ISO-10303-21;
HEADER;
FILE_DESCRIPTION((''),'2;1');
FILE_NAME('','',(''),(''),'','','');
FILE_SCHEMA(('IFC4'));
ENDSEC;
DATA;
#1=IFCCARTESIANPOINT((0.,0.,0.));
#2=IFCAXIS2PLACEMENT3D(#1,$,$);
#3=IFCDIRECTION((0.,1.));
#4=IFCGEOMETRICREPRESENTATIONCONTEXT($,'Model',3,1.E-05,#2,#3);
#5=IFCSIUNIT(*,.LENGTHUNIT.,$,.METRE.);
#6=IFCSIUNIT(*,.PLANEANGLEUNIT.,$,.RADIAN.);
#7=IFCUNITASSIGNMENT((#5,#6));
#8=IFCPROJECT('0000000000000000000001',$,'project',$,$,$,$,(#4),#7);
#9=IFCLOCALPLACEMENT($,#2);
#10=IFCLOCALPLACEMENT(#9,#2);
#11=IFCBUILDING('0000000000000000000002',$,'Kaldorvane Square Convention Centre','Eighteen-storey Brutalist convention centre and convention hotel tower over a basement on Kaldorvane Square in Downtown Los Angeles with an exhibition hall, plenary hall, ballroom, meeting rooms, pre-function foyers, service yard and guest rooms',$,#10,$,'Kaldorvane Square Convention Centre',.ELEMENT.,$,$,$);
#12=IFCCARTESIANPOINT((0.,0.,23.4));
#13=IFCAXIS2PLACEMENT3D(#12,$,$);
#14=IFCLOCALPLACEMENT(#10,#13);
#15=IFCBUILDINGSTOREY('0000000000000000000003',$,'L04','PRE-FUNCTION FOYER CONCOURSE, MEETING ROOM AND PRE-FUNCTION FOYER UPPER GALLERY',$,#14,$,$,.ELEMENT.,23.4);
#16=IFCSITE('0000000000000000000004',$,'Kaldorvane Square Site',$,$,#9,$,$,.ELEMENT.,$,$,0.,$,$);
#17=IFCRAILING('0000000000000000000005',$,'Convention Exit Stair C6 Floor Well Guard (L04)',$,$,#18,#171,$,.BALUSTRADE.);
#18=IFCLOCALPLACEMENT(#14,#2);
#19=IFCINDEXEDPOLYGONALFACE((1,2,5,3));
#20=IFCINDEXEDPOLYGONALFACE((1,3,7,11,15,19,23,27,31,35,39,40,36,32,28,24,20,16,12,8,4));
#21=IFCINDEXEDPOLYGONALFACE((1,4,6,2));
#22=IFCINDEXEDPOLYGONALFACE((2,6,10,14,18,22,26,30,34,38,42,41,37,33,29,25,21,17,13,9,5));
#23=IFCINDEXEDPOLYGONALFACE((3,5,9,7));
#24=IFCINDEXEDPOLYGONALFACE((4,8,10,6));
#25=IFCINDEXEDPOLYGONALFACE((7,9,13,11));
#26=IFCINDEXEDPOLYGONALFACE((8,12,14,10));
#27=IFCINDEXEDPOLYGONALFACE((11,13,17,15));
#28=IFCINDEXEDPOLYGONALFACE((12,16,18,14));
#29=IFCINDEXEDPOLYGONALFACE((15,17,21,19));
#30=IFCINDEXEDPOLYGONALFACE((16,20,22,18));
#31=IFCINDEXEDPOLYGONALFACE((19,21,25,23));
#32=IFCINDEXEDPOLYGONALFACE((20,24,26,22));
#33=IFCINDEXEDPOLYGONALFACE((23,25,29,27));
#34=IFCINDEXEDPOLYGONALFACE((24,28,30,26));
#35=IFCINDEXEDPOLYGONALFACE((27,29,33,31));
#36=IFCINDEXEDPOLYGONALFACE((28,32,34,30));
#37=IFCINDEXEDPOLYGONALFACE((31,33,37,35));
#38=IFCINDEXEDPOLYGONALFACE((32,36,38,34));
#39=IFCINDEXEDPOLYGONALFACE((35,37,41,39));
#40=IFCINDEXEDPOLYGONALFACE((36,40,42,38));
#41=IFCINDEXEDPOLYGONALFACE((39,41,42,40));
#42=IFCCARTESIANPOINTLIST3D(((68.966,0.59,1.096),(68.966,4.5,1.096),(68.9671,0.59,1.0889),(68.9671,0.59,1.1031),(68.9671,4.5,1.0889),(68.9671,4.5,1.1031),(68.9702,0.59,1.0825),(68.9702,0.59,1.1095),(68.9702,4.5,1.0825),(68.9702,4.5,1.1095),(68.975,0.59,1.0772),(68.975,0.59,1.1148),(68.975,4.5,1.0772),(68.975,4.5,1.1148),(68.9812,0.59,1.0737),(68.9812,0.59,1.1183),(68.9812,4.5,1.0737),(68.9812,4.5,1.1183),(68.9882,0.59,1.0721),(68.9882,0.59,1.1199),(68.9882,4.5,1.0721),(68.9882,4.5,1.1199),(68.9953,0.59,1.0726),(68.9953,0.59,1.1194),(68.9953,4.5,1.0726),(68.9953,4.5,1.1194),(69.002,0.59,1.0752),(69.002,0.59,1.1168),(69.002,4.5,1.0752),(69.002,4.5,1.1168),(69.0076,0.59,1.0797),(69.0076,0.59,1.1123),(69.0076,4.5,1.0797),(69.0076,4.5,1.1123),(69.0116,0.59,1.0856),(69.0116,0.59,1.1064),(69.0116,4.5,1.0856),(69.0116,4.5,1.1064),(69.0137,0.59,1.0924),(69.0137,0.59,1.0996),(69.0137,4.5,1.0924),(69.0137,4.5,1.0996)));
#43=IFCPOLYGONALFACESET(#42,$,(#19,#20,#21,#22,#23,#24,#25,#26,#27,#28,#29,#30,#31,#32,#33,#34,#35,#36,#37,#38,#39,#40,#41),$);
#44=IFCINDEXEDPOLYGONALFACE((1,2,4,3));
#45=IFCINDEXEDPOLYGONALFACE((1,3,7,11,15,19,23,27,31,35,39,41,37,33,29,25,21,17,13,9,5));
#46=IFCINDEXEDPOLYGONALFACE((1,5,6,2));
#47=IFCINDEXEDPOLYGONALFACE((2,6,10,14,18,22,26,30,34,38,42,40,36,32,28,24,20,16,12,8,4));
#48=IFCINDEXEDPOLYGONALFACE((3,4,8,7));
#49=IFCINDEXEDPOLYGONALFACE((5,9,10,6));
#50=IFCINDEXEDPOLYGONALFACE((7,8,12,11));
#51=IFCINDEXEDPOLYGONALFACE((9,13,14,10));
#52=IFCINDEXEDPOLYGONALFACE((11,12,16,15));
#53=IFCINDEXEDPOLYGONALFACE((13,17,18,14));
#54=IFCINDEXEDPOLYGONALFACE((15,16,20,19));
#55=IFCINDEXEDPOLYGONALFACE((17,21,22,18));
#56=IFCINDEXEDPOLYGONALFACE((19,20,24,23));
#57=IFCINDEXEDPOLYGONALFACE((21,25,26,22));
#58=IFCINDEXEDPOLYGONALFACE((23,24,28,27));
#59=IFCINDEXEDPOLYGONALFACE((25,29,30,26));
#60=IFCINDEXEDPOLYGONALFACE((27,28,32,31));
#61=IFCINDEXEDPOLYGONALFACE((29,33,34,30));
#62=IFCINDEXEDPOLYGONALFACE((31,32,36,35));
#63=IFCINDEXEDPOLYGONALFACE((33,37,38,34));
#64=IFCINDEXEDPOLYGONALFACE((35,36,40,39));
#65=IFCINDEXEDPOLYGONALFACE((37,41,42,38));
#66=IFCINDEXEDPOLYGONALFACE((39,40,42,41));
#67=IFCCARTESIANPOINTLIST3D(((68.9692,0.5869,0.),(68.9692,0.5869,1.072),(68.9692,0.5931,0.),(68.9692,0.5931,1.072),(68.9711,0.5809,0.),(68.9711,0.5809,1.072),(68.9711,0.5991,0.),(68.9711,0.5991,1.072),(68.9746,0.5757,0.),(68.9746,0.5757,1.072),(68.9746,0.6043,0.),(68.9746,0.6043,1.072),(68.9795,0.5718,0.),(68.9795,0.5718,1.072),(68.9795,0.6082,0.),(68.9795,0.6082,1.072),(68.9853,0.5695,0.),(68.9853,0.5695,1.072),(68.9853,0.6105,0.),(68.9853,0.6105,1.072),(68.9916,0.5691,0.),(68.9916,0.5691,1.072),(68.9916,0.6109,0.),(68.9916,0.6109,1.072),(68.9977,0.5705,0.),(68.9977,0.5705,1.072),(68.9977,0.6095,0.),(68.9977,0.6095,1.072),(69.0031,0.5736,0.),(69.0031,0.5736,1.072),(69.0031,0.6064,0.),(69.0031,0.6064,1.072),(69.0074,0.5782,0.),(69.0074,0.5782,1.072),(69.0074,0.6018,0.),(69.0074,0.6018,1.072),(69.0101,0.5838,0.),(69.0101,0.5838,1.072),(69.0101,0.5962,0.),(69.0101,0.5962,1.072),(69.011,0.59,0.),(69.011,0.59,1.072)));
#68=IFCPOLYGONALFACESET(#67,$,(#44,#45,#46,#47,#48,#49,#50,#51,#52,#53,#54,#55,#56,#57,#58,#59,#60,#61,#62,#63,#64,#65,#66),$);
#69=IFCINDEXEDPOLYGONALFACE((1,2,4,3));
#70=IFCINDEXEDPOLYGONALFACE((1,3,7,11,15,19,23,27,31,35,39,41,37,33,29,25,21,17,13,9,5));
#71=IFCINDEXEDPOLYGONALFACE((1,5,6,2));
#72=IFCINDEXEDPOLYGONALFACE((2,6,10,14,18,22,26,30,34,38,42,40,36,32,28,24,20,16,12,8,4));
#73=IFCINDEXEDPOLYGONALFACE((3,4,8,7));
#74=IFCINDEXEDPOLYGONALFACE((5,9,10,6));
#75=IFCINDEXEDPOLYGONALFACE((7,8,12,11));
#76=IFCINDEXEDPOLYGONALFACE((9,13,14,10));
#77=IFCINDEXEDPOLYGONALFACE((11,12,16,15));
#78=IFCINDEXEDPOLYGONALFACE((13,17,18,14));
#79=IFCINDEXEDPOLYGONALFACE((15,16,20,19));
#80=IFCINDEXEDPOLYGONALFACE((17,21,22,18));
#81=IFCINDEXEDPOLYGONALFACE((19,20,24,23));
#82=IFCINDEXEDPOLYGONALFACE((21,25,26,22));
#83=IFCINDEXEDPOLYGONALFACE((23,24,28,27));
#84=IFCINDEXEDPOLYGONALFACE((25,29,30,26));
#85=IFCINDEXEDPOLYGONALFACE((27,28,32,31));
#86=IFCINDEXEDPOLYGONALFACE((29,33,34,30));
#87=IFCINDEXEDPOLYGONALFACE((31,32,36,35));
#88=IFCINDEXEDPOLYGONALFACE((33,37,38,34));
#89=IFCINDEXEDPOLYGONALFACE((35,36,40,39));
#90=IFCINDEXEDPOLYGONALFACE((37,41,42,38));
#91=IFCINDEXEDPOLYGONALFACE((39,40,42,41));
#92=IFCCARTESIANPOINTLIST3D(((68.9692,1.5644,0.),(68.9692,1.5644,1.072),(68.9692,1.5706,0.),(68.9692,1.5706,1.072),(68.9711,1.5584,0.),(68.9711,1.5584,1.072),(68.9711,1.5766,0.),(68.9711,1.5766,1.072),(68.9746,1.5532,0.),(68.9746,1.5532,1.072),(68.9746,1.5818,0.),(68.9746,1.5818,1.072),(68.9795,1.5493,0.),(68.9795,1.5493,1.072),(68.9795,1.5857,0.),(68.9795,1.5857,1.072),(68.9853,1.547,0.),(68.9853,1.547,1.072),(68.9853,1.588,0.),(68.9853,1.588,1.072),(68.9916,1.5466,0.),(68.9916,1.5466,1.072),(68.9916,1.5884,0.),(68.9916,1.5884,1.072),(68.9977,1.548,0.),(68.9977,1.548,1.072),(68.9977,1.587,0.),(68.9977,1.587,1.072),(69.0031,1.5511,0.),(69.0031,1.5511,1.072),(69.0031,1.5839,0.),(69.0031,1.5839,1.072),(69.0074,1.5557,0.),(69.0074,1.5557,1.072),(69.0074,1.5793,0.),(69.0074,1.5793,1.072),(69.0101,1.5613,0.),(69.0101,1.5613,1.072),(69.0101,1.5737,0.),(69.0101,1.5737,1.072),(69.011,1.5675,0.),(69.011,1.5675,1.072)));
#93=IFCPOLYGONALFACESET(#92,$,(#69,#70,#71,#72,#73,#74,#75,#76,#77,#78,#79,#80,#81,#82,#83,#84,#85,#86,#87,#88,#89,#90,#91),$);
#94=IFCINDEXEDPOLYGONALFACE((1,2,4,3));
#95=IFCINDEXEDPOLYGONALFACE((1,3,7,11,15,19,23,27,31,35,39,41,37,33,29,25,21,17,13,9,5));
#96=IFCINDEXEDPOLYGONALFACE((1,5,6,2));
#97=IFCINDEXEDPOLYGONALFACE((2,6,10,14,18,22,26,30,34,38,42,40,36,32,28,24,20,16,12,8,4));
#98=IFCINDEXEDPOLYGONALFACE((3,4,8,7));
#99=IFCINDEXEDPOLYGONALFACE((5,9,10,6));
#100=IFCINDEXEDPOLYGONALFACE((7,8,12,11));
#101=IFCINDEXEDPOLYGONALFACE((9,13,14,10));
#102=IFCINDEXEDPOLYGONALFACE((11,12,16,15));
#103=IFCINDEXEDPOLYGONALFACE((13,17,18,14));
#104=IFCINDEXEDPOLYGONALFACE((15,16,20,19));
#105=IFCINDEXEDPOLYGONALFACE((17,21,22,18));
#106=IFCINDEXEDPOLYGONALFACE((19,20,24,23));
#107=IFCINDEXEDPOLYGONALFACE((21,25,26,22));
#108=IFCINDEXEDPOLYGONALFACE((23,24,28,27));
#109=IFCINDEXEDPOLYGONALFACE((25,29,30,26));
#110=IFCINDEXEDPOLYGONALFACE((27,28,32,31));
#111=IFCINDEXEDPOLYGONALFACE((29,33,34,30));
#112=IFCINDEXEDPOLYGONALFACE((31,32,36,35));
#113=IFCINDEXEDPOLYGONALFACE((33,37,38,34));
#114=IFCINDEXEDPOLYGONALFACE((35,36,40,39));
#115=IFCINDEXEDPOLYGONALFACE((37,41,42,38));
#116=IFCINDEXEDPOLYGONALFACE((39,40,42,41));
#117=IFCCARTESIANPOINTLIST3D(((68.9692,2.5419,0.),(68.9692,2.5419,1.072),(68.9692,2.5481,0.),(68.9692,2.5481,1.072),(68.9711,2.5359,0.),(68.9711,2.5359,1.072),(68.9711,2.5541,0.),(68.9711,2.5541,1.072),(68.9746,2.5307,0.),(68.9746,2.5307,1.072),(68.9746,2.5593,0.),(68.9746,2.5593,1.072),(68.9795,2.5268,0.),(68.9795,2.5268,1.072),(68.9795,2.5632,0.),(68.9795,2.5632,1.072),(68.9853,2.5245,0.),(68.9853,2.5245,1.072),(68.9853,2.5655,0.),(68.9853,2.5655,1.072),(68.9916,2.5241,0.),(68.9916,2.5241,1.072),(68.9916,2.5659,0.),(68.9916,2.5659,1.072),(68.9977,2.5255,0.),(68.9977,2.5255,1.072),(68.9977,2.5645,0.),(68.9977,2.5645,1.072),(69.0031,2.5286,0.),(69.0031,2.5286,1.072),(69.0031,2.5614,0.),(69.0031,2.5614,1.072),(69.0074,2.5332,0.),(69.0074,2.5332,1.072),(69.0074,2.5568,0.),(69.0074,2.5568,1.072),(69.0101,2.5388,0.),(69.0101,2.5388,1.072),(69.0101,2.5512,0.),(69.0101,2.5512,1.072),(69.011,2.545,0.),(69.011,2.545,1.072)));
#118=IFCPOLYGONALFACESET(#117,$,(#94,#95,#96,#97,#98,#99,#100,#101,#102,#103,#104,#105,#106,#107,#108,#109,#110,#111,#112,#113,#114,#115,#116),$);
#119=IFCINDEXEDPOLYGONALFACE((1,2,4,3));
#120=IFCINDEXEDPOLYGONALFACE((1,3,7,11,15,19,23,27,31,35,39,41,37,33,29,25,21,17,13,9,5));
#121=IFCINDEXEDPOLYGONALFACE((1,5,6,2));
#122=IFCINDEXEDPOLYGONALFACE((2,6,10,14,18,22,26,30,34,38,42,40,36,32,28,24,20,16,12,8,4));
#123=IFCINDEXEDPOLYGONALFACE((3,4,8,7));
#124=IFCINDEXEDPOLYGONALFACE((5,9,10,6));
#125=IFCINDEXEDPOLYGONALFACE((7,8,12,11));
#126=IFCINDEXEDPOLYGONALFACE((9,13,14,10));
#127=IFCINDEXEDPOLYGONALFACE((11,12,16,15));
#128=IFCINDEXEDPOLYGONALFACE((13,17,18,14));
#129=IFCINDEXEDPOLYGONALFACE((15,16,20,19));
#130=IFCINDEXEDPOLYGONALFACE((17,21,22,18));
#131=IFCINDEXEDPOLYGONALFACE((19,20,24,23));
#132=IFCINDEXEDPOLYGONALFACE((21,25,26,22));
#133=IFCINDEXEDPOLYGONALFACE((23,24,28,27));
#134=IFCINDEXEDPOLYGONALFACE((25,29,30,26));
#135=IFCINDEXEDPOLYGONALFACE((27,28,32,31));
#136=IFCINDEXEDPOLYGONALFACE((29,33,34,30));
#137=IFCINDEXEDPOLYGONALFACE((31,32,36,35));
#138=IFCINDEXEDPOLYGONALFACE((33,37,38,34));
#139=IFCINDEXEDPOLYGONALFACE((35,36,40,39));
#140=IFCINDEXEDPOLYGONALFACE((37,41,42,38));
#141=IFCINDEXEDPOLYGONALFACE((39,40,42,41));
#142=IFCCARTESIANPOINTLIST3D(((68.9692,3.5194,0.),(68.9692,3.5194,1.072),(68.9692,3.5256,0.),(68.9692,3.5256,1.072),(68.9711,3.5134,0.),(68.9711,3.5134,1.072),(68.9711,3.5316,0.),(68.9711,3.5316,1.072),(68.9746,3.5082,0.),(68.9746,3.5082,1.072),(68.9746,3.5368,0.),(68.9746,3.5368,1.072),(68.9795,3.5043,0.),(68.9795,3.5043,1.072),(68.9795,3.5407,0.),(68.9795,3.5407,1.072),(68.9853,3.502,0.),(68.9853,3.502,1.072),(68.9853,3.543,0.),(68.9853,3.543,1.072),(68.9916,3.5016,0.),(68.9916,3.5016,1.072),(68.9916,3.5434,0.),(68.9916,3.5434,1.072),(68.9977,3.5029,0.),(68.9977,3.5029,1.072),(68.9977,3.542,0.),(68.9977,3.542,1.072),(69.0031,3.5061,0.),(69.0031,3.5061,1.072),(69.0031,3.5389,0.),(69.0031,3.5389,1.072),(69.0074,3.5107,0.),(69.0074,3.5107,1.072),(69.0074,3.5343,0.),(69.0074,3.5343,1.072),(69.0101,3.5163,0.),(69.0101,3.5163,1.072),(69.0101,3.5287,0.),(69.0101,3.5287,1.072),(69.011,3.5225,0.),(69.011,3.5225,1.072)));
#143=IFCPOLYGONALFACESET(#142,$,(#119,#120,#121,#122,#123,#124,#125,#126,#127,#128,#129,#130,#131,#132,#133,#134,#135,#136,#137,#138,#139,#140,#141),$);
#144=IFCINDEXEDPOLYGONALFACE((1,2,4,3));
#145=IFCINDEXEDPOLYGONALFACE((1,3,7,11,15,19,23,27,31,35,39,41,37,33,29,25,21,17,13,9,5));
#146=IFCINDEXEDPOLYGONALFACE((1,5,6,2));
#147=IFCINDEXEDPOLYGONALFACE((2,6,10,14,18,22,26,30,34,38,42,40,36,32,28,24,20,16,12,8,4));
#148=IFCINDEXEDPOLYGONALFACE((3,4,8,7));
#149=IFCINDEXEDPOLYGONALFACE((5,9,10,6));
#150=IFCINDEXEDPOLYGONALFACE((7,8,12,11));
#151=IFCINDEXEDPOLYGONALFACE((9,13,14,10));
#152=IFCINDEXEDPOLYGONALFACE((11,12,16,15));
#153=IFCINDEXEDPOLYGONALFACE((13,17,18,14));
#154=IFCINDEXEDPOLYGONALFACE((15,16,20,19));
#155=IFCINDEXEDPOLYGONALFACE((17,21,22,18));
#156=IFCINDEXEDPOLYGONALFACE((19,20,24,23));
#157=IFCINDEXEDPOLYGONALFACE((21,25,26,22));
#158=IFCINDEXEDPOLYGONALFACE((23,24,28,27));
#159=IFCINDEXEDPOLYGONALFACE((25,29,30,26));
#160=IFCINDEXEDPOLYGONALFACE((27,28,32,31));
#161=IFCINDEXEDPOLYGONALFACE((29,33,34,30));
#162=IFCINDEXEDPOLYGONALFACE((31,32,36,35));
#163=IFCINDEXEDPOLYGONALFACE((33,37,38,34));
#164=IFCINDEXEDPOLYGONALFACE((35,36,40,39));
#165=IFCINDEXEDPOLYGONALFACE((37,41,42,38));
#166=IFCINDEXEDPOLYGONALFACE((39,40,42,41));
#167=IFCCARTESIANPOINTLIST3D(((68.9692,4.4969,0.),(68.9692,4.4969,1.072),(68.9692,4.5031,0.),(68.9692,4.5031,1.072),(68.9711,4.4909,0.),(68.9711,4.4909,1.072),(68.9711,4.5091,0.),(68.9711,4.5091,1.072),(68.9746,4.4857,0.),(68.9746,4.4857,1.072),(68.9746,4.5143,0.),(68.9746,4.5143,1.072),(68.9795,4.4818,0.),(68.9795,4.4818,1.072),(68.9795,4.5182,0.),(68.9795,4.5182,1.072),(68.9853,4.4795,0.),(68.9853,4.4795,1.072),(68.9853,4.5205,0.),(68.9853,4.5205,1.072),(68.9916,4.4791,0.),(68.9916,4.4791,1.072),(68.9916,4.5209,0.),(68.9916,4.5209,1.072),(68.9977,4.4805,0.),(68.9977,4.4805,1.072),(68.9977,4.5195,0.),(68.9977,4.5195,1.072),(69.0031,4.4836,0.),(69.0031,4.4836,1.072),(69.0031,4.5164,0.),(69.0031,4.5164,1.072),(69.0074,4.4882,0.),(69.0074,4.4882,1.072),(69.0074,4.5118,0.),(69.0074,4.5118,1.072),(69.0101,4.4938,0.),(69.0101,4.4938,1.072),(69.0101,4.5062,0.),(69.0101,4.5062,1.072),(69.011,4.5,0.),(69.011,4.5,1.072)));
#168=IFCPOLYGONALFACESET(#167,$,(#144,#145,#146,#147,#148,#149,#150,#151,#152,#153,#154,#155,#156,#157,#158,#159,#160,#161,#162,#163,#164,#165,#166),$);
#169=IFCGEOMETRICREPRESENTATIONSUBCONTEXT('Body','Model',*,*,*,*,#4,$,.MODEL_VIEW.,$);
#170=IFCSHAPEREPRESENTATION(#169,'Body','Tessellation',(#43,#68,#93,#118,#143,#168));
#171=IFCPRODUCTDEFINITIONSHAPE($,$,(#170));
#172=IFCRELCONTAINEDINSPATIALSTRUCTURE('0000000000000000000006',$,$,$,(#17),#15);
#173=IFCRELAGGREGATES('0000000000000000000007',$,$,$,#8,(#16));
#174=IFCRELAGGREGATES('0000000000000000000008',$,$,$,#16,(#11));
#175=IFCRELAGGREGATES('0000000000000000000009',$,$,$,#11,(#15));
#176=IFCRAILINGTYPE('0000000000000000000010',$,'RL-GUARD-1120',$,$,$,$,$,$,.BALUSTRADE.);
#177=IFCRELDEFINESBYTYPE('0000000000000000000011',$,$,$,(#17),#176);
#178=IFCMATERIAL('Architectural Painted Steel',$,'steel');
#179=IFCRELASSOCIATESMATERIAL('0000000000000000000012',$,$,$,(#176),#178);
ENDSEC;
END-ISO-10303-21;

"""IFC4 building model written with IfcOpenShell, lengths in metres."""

from ifc_helpers import new_model, si_unit, direction, frame, origin, origin_2d, place, context, subcontext, project, spatial, circle, extrude, material, type_object, element, save


model = new_model("IFC4")

# Units and contexts
model_context = context("Model", 3, precision=1e-05, world=origin(), true_north=direction((0.0, 1.0)))
body_context = subcontext(model_context, "Body", "Model", "MODEL_VIEW")
ifc_project = project(units=[si_unit("LENGTHUNIT", "METRE"), si_unit("PLANEANGLEUNIT", "RADIAN")], contexts=[model_context])

# Site, building, storey
site_placement = place(None, origin())
site = spatial("IfcSite", under=ifc_project, at=site_placement, Name="Kaldorvane Square Site", CompositionType="ELEMENT", RefElevation=0.0)
building_placement = place(site_placement, origin())
building = spatial("IfcBuilding", under=site, at=building_placement, Name="Kaldorvane Square Convention Centre", Description="Eighteen-storey Brutalist convention centre and convention hotel tower over a basement on Kaldorvane Square in Downtown Los Angeles with an exhibition hall, plenary hall, ballroom, meeting rooms, pre-function foyers, service yard and guest rooms", LongName="Kaldorvane Square Convention Centre", CompositionType="ELEMENT")
storey_placement = place(building_placement, frame((0.0, 0.0, 23.4)))
storey = spatial("IfcBuildingStorey", under=building, at=storey_placement, Name="L04", Description="PRE-FUNCTION FOYER CONCOURSE, MEETING ROOM AND PRE-FUNCTION FOYER UPPER GALLERY", CompositionType="ELEMENT", Elevation=23.4)

# Railing
ifc_material_1 = material(Name="Architectural Painted Steel", Category="steel")
railing_type = type_object("IfcRailingType", Name="RL-GUARD-1120", PredefinedType="BALUSTRADE", material=ifc_material_1)
railing_placement = place(storey_placement, frame((68.99, 0.59, 0.0)))
element("IfcRailing", 1, at=railing_placement, inside=storey, type_object=railing_type, Name="Convention Exit Stair C6 Floor Well Guard (L04)", PredefinedType="BALUSTRADE", context=body_context, shape_type="SweptSolid", body=[
    extrude(circle(Radius=0.024, at=origin_2d()), frame((0.0, 0.0, 1.096), z_axis=(0.0, 1.0, 0.0), x_axis=(-1.0, 0.0, 0.0)), (0.0, 0.0, 1.0), 3.91),
    extrude(circle(Radius=0.021, at=origin_2d()), origin(), (0.0, 0.0, 1.0), 1.072),
    extrude(circle(Radius=0.021, at=origin_2d()), frame((0.0, 0.9775, 0.0)), (0.0, 0.0, 1.0), 1.072),
    extrude(circle(Radius=0.021, at=origin_2d()), frame((0.0, 1.955, 0.0)), (0.0, 0.0, 1.0), 1.072),
    extrude(circle(Radius=0.021, at=origin_2d()), frame((0.0, 2.9325, 0.0)), (0.0, 0.0, 1.0), 1.072),
    extrude(circle(Radius=0.021, at=origin_2d()), frame((0.0, 3.91, 0.0)), (0.0, 0.0, 1.0), 1.072),
])

save(model, "model.ifc")
